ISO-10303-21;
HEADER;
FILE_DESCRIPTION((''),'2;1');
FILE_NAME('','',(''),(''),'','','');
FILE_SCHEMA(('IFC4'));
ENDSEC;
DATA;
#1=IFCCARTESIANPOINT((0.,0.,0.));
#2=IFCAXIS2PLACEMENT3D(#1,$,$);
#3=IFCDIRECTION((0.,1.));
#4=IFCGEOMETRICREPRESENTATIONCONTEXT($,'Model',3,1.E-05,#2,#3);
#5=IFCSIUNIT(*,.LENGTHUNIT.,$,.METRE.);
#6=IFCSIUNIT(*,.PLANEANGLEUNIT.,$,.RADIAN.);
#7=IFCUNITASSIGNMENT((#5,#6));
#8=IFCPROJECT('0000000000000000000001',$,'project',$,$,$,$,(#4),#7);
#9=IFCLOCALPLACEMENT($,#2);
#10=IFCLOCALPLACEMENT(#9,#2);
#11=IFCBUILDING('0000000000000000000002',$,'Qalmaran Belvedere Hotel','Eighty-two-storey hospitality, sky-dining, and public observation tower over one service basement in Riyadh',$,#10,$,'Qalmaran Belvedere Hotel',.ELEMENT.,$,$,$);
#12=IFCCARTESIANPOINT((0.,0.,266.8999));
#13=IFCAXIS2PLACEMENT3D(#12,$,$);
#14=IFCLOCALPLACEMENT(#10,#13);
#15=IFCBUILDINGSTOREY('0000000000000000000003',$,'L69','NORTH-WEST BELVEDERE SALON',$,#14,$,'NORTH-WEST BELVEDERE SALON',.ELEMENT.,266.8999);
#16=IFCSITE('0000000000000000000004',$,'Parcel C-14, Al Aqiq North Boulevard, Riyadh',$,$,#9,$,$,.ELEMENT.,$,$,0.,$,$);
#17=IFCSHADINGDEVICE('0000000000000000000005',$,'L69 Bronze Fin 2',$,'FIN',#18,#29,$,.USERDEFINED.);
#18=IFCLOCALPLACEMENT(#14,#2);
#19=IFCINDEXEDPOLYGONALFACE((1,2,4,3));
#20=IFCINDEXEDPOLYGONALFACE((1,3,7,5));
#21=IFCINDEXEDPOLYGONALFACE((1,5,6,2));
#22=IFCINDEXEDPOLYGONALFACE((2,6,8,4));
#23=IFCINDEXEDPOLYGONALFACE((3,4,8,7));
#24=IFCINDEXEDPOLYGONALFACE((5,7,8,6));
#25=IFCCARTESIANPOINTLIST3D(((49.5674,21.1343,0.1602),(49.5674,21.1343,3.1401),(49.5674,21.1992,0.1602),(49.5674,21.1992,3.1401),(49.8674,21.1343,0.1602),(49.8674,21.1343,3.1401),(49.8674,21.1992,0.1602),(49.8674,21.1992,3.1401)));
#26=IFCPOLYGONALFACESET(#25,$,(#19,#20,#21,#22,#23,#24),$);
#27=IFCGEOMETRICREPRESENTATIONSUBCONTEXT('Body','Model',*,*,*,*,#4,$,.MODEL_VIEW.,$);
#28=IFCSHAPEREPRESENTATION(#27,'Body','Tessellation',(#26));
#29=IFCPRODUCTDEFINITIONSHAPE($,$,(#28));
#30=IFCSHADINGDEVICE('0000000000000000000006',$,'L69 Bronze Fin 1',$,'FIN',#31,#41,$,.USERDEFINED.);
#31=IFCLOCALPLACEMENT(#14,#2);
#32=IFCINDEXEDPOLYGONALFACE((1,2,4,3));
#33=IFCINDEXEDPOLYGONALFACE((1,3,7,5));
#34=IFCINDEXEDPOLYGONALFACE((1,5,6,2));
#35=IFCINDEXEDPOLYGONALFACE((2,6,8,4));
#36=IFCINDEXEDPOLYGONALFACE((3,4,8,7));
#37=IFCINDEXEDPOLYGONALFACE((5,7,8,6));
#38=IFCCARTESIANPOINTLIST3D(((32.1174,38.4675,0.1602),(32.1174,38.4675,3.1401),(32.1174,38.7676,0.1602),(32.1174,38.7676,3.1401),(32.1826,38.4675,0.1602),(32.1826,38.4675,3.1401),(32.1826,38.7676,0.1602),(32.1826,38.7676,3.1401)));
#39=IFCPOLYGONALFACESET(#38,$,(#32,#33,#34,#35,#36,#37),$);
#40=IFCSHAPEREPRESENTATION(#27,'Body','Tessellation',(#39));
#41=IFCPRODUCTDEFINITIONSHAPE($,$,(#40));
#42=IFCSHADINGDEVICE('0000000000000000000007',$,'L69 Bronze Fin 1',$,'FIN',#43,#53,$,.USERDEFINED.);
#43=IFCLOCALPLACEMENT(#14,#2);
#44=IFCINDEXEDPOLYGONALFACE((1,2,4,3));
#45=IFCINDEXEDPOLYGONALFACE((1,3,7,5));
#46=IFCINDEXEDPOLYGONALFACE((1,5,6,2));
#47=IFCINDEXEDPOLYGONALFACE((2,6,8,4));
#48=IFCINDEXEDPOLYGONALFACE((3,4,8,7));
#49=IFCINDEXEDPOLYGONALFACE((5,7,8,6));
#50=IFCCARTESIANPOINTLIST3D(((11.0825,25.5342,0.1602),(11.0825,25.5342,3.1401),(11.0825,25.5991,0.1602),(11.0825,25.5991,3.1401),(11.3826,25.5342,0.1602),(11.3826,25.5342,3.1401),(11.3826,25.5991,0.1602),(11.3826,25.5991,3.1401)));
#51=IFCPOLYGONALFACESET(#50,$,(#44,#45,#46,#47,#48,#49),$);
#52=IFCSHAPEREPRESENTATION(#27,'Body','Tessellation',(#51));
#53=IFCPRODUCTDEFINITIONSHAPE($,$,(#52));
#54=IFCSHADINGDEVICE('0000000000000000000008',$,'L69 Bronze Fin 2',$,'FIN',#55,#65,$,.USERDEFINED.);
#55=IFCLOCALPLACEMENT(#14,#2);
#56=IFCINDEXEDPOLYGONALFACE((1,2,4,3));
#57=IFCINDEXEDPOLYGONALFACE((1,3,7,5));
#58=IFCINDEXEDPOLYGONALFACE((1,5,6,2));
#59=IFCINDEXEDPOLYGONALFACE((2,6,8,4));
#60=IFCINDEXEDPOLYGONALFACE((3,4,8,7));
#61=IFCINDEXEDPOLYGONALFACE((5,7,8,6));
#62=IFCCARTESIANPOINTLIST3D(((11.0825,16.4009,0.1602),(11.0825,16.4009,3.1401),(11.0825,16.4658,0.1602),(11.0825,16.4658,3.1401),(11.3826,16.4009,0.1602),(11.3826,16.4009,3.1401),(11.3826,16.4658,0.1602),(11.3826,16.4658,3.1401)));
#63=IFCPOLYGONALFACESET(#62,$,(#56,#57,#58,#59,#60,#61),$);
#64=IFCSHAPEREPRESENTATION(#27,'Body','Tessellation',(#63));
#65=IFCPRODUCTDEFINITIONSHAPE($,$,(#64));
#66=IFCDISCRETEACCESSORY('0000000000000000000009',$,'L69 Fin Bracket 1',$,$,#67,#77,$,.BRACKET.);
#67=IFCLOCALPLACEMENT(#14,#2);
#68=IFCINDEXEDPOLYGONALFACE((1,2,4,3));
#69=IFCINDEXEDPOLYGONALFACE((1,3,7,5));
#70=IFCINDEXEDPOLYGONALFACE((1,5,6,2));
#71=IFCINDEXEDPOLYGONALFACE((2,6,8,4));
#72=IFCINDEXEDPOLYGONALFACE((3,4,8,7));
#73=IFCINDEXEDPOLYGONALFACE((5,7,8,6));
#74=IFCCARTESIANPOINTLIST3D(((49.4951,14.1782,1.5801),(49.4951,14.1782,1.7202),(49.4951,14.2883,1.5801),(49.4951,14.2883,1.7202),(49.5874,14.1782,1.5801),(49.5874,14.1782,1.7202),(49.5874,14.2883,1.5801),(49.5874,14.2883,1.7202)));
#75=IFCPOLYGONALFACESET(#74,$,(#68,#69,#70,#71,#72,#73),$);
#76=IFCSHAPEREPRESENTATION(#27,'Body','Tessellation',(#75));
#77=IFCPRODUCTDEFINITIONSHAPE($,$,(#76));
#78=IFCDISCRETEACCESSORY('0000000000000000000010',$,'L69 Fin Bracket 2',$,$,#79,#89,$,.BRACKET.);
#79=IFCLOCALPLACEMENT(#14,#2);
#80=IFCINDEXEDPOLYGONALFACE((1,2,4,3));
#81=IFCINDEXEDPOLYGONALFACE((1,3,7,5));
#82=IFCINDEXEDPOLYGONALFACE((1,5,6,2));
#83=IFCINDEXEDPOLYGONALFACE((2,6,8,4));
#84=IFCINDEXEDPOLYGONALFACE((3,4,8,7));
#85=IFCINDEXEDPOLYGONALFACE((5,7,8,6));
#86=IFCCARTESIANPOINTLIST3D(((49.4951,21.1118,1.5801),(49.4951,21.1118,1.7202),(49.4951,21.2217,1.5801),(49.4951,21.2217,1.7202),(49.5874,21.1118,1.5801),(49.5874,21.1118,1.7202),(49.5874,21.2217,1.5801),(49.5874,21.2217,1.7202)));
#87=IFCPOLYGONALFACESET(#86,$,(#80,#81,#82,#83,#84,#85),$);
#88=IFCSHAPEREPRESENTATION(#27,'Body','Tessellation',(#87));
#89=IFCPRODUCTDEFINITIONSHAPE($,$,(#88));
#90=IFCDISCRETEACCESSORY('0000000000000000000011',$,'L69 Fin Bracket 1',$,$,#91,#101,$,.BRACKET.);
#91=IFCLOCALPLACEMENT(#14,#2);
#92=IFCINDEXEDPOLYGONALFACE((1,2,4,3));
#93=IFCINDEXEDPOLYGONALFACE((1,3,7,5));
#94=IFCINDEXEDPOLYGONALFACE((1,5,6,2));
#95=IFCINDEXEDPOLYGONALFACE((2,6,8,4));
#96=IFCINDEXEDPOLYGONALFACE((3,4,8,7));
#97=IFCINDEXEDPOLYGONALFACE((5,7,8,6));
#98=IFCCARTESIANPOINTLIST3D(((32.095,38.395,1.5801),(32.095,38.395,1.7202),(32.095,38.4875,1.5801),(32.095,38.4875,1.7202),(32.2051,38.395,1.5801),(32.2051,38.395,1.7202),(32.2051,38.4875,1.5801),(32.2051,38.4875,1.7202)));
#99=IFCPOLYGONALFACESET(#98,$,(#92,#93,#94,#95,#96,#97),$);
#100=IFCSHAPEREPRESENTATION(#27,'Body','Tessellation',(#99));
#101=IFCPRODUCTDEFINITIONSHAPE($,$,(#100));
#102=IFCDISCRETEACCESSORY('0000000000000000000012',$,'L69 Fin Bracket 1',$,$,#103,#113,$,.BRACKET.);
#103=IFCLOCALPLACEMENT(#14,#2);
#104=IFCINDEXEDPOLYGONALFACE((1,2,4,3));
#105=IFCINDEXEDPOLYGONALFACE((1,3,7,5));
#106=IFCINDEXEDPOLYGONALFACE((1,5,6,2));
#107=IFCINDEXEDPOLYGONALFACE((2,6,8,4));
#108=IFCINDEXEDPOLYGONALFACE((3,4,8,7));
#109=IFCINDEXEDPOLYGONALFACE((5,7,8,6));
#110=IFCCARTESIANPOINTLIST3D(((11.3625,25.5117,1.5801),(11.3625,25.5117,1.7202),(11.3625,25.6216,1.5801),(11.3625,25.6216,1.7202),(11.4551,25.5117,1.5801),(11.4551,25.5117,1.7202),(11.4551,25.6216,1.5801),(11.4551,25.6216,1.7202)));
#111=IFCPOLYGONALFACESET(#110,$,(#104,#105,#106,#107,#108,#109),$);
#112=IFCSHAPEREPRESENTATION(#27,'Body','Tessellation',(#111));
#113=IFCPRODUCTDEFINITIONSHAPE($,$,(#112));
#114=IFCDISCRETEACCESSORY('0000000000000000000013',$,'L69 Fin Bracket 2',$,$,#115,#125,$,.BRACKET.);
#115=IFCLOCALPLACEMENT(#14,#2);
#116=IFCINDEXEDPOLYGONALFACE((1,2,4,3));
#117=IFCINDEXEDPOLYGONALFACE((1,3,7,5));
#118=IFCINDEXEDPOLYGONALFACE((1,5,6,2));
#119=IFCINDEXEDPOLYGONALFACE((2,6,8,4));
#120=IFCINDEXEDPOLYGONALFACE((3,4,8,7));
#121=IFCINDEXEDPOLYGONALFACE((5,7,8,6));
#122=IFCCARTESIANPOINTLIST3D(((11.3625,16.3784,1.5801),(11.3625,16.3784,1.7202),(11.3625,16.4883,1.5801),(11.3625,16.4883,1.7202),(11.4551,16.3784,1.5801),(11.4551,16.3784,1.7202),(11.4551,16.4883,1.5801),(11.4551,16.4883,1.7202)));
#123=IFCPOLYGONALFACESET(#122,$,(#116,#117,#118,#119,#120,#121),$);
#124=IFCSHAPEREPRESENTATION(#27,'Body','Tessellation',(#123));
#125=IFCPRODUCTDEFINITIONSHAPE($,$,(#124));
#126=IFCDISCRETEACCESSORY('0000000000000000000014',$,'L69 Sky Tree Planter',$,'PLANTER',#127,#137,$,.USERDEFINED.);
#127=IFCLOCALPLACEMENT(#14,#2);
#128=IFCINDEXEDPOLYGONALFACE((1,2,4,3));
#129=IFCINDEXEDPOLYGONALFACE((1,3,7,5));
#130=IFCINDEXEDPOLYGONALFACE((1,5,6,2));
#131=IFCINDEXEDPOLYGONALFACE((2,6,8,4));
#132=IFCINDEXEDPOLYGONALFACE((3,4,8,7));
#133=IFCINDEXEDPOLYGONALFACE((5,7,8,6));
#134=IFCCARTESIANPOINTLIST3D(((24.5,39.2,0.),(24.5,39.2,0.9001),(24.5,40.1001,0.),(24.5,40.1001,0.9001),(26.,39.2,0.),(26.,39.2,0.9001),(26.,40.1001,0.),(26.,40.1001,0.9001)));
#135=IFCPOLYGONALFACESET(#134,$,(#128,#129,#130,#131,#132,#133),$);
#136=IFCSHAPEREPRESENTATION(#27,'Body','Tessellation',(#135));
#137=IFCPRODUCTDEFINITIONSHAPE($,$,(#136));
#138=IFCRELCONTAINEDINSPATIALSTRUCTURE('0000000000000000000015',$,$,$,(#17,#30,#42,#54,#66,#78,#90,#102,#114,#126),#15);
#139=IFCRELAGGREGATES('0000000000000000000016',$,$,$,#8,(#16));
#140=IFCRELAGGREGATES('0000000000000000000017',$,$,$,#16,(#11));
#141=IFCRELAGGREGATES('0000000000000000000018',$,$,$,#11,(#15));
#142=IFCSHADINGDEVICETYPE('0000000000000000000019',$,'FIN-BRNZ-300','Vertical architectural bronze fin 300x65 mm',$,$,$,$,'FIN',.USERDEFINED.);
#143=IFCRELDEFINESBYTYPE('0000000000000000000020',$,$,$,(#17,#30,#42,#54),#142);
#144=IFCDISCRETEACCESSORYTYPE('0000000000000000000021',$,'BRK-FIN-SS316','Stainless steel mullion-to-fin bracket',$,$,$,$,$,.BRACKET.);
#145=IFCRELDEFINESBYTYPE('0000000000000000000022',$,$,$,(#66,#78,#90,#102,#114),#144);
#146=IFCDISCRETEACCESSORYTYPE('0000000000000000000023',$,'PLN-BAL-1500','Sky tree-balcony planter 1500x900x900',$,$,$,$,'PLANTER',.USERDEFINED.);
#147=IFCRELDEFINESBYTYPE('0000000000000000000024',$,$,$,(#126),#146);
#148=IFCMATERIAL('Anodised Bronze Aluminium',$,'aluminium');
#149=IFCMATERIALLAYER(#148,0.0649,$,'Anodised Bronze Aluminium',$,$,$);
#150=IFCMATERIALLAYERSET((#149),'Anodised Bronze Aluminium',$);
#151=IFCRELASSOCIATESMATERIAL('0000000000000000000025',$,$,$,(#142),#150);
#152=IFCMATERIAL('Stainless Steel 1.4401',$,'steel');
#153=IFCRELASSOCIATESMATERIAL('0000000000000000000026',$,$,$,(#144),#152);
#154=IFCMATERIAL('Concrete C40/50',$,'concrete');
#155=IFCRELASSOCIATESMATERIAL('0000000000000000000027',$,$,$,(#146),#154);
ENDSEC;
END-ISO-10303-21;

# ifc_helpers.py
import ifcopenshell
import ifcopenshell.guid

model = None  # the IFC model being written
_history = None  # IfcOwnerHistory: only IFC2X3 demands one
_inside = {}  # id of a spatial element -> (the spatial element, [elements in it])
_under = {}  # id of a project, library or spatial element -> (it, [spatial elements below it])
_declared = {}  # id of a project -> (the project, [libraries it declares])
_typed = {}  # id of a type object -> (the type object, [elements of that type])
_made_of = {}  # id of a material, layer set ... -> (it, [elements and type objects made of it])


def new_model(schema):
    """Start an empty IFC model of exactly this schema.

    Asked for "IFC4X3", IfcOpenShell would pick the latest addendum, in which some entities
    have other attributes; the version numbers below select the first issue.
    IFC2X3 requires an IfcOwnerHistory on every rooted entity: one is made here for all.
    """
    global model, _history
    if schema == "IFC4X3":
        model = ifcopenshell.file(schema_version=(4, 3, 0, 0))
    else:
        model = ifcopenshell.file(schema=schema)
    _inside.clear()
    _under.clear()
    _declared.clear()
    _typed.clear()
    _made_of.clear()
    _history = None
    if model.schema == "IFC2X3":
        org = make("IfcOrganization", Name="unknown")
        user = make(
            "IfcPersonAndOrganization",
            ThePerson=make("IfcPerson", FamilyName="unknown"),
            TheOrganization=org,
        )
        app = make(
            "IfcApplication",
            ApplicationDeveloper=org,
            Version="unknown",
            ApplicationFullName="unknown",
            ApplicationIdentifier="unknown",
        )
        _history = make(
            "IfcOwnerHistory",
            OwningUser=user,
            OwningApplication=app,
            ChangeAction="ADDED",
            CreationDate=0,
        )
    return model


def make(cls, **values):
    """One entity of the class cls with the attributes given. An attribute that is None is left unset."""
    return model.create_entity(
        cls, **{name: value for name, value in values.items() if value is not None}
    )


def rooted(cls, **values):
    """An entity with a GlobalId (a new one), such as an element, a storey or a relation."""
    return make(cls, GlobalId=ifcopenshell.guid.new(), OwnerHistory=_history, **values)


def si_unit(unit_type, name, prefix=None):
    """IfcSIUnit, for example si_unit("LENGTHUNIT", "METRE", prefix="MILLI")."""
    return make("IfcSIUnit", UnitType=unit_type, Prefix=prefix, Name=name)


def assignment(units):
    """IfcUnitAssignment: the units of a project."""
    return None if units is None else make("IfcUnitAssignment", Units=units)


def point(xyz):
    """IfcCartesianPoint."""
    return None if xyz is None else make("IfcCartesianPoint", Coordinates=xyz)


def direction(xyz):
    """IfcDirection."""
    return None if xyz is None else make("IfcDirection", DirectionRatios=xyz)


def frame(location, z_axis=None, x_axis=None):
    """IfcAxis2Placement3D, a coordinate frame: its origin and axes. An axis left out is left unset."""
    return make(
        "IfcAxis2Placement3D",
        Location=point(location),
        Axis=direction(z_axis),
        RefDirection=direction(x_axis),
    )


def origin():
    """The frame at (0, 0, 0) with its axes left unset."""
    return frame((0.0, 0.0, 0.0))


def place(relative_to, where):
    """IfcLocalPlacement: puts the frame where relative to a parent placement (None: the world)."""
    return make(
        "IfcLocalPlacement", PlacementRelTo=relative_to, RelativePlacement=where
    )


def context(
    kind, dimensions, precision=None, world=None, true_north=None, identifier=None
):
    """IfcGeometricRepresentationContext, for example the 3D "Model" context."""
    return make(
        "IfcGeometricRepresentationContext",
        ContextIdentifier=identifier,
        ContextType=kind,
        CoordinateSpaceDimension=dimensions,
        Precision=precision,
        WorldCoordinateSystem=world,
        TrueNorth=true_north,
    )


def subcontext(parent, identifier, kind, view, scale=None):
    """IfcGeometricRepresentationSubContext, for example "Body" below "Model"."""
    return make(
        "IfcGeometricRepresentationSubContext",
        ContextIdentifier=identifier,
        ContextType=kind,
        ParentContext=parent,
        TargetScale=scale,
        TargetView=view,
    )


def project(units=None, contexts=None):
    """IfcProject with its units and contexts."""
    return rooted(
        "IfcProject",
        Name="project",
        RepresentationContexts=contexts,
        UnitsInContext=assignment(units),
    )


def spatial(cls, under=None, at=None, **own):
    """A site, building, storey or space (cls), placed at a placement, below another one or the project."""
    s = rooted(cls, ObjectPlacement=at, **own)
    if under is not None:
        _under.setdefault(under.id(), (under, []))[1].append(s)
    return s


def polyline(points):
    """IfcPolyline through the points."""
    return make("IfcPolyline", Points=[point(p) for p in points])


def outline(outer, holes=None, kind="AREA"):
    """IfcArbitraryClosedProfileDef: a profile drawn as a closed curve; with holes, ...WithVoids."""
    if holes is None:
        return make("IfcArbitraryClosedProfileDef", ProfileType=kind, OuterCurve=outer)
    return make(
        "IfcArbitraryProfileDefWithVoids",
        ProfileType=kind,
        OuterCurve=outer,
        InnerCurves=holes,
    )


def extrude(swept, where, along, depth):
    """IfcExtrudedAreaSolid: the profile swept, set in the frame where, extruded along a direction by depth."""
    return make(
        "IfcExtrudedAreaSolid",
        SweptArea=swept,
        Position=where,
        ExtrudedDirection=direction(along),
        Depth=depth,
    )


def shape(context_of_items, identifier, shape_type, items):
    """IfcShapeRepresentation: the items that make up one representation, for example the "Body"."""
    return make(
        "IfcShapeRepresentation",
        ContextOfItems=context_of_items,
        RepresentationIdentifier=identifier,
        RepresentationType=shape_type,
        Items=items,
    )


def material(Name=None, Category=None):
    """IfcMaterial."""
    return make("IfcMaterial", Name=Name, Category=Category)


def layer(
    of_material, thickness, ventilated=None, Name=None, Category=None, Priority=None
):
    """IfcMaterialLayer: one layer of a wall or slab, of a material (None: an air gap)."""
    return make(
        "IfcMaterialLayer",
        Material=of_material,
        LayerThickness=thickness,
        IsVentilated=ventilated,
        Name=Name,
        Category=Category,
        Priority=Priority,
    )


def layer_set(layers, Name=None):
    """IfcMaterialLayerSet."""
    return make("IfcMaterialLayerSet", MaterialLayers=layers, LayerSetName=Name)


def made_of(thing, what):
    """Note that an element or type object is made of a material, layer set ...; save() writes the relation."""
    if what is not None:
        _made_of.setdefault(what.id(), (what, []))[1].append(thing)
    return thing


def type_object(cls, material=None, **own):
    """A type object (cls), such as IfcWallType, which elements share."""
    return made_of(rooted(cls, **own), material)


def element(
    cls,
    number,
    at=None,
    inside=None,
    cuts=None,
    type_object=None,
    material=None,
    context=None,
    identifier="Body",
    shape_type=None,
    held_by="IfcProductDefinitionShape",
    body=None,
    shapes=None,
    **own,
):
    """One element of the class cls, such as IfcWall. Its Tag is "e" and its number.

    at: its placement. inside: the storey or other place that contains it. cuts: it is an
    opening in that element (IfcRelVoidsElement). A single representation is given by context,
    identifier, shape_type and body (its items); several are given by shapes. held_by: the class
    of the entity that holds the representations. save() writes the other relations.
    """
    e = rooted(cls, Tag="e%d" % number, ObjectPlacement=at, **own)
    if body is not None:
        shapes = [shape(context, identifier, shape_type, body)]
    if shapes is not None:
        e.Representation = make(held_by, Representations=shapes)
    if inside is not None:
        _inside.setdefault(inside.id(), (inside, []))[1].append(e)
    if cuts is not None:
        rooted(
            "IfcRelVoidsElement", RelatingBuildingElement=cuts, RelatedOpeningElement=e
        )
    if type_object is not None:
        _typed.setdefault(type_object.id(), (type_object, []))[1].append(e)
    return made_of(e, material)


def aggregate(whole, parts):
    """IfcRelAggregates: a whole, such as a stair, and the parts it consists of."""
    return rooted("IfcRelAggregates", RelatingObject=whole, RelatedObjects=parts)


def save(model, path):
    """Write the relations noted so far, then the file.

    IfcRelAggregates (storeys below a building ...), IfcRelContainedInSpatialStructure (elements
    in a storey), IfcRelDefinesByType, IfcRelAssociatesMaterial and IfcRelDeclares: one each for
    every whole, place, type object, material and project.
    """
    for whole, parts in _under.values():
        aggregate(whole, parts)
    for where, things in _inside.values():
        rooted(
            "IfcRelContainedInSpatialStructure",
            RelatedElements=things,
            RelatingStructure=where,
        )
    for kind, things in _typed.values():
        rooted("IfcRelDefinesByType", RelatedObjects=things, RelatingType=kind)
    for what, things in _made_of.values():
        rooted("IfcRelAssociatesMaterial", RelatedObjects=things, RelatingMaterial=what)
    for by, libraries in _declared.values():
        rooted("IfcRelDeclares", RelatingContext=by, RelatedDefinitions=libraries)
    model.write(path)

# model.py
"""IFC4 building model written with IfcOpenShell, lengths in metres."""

from ifc_helpers import new_model, si_unit, direction, frame, origin, place, context, subcontext, project, spatial, polyline, outline, extrude, material, layer, layer_set, type_object, element, save


model = new_model("IFC4")

# Units and contexts
model_context = context("Model", 3, precision=1e-05, world=origin(), true_north=direction((0.0, 1.0)))
body_context = subcontext(model_context, "Body", "Model", "MODEL_VIEW")
ifc_project = project(units=[si_unit("LENGTHUNIT", "METRE"), si_unit("PLANEANGLEUNIT", "RADIAN")], contexts=[model_context])

# Site, building, storey
site_placement = place(None, origin())
site = spatial("IfcSite", under=ifc_project, at=site_placement, Name="Parcel C-14, Al Aqiq North Boulevard, Riyadh", CompositionType="ELEMENT", RefElevation=0.0)
building_placement = place(site_placement, origin())
building = spatial("IfcBuilding", under=site, at=building_placement, Name="Qalmaran Belvedere Hotel", Description="Eighty-two-storey hospitality, sky-dining, and public observation tower over one service basement in Riyadh", LongName="Qalmaran Belvedere Hotel", CompositionType="ELEMENT")
storey_placement = place(building_placement, frame((0.0, 0.0, 266.8999)))
storey = spatial("IfcBuildingStorey", under=building, at=storey_placement, Name="L69", Description="NORTH-WEST BELVEDERE SALON", LongName="NORTH-WEST BELVEDERE SALON", CompositionType="ELEMENT", Elevation=266.8999)

# Shared definitions
ifc_material_1 = material(Name="Anodised Bronze Aluminium", Category="aluminium")

# Shared definitions
ifc_material_2 = material(Name="Concrete C40/50", Category="concrete")

# Shading devices
ifc_layer_1 = layer(ifc_material_1, 0.0649, Name="Anodised Bronze Aluminium")
ifc_layer_set_1 = layer_set([ifc_layer_1], Name="Anodised Bronze Aluminium")
shading_device_type = type_object("IfcShadingDeviceType", Name="FIN-BRNZ-300", Description="Vertical architectural bronze fin 300x65 mm", ElementType="FIN", PredefinedType="USERDEFINED", material=ifc_layer_set_1)
shading_device_1_placement = place(storey_placement, frame((0.0, 0.0, 0.1602)))
element("IfcShadingDevice", 1, at=shading_device_1_placement, inside=storey, type_object=shading_device_type, Name="L69 Bronze Fin 2", ObjectType="FIN", PredefinedType="USERDEFINED", context=body_context, shape_type="SweptSolid", body=[
    extrude(outline(polyline([(49.5674, 21.1343), (49.8674, 21.1343), (49.8674, 21.1992), (49.5674, 21.1992), (49.5674, 21.1343)])), origin(), (0.0, 0.0, 1.0), 2.98),
])
shading_device_2_placement = place(storey_placement, frame((0.0, 0.0, 0.1602)))
element("IfcShadingDevice", 2, at=shading_device_2_placement, inside=storey, type_object=shading_device_type, Name="L69 Bronze Fin 1", ObjectType="FIN", PredefinedType="USERDEFINED", context=body_context, shape_type="SweptSolid", body=[
    extrude(outline(polyline([(32.1826, 38.4675), (32.1826, 38.7676), (32.1174, 38.7676), (32.1174, 38.4675), (32.1826, 38.4675)])), origin(), (0.0, 0.0, 1.0), 2.98),
])
shading_device_3_placement = place(storey_placement, frame((0.0, 0.0, 0.1602)))
element("IfcShadingDevice", 3, at=shading_device_3_placement, inside=storey, type_object=shading_device_type, Name="L69 Bronze Fin 1", ObjectType="FIN", PredefinedType="USERDEFINED", context=body_context, shape_type="SweptSolid", body=[
    extrude(outline(polyline([(11.3826, 25.5991), (11.0825, 25.5991), (11.0825, 25.5342), (11.3826, 25.5342), (11.3826, 25.5991)])), origin(), (0.0, 0.0, 1.0), 2.98),
])
shading_device_4_placement = place(storey_placement, frame((0.0, 0.0, 0.1602)))
element("IfcShadingDevice", 4, at=shading_device_4_placement, inside=storey, type_object=shading_device_type, Name="L69 Bronze Fin 2", ObjectType="FIN", PredefinedType="USERDEFINED", context=body_context, shape_type="SweptSolid", body=[
    extrude(outline(polyline([(11.3826, 16.4658), (11.0825, 16.4658), (11.0825, 16.4009), (11.3826, 16.4009), (11.3826, 16.4658)])), origin(), (0.0, 0.0, 1.0), 2.98),
])

# Discrete accessories
ifc_material_3 = material(Name="Stainless Steel 1.4401", Category="steel")
discrete_accessory_type_1 = type_object("IfcDiscreteAccessoryType", Name="BRK-FIN-SS316", Description="Stainless steel mullion-to-fin bracket", PredefinedType="BRACKET", material=ifc_material_3)
discrete_accessory_1_placement = place(storey_placement, frame((0.0, 0.0, 1.5801)))
element("IfcDiscreteAccessory", 5, at=discrete_accessory_1_placement, inside=storey, type_object=discrete_accessory_type_1, Name="L69 Fin Bracket 1", PredefinedType="BRACKET", context=body_context, shape_type="SweptSolid", body=[
    extrude(outline(polyline([(49.4951, 14.1782), (49.5874, 14.1782), (49.5874, 14.2883), (49.4951, 14.2883), (49.4951, 14.1782)])), origin(), (0.0, 0.0, 1.0), 0.1401),
])
discrete_accessory_2_placement = place(storey_placement, frame((0.0, 0.0, 1.5801)))
element("IfcDiscreteAccessory", 6, at=discrete_accessory_2_placement, inside=storey, type_object=discrete_accessory_type_1, Name="L69 Fin Bracket 2", PredefinedType="BRACKET", context=body_context, shape_type="SweptSolid", body=[
    extrude(outline(polyline([(49.4951, 21.1118), (49.5874, 21.1118), (49.5874, 21.2217), (49.4951, 21.2217), (49.4951, 21.1118)])), origin(), (0.0, 0.0, 1.0), 0.1401),
])
discrete_accessory_3_placement = place(storey_placement, frame((0.0, 0.0, 1.5801)))
element("IfcDiscreteAccessory", 7, at=discrete_accessory_3_placement, inside=storey, type_object=discrete_accessory_type_1, Name="L69 Fin Bracket 1", PredefinedType="BRACKET", context=body_context, shape_type="SweptSolid", body=[
    extrude(outline(polyline([(32.2051, 38.395), (32.2051, 38.4875), (32.095, 38.4875), (32.095, 38.395), (32.2051, 38.395)])), origin(), (0.0, 0.0, 1.0), 0.1401),
])
discrete_accessory_4_placement = place(storey_placement, frame((0.0, 0.0, 1.5801)))
element("IfcDiscreteAccessory", 8, at=discrete_accessory_4_placement, inside=storey, type_object=discrete_accessory_type_1, Name="L69 Fin Bracket 1", PredefinedType="BRACKET", context=body_context, shape_type="SweptSolid", body=[
    extrude(outline(polyline([(11.4551, 25.6216), (11.3625, 25.6216), (11.3625, 25.5117), (11.4551, 25.5117), (11.4551, 25.6216)])), origin(), (0.0, 0.0, 1.0), 0.1401),
])
discrete_accessory_5_placement = place(storey_placement, frame((0.0, 0.0, 1.5801)))
element("IfcDiscreteAccessory", 9, at=discrete_accessory_5_placement, inside=storey, type_object=discrete_accessory_type_1, Name="L69 Fin Bracket 2", PredefinedType="BRACKET", context=body_context, shape_type="SweptSolid", body=[
    extrude(outline(polyline([(11.4551, 16.4883), (11.3625, 16.4883), (11.3625, 16.3784), (11.4551, 16.3784), (11.4551, 16.4883)])), origin(), (0.0, 0.0, 1.0), 0.1401),
])
discrete_accessory_type_2 = type_object("IfcDiscreteAccessoryType", Name="PLN-BAL-1500", Description="Sky tree-balcony planter 1500x900x900", ElementType="PLANTER", PredefinedType="USERDEFINED", material=ifc_material_2)
discrete_accessory_6_placement = place(storey_placement, origin())
element("IfcDiscreteAccessory", 10, at=discrete_accessory_6_placement, inside=storey, type_object=discrete_accessory_type_2, Name="L69 Sky Tree Planter", ObjectType="PLANTER", PredefinedType="USERDEFINED", context=body_context, shape_type="SweptSolid", body=[
    extrude(outline(polyline([(24.5, 39.2), (26.0, 39.2), (26.0, 40.1001), (24.5, 40.1001), (24.5, 39.2)])), origin(), (0.0, 0.0, 1.0), 0.9001),
])

save(model, "model.ifc")
